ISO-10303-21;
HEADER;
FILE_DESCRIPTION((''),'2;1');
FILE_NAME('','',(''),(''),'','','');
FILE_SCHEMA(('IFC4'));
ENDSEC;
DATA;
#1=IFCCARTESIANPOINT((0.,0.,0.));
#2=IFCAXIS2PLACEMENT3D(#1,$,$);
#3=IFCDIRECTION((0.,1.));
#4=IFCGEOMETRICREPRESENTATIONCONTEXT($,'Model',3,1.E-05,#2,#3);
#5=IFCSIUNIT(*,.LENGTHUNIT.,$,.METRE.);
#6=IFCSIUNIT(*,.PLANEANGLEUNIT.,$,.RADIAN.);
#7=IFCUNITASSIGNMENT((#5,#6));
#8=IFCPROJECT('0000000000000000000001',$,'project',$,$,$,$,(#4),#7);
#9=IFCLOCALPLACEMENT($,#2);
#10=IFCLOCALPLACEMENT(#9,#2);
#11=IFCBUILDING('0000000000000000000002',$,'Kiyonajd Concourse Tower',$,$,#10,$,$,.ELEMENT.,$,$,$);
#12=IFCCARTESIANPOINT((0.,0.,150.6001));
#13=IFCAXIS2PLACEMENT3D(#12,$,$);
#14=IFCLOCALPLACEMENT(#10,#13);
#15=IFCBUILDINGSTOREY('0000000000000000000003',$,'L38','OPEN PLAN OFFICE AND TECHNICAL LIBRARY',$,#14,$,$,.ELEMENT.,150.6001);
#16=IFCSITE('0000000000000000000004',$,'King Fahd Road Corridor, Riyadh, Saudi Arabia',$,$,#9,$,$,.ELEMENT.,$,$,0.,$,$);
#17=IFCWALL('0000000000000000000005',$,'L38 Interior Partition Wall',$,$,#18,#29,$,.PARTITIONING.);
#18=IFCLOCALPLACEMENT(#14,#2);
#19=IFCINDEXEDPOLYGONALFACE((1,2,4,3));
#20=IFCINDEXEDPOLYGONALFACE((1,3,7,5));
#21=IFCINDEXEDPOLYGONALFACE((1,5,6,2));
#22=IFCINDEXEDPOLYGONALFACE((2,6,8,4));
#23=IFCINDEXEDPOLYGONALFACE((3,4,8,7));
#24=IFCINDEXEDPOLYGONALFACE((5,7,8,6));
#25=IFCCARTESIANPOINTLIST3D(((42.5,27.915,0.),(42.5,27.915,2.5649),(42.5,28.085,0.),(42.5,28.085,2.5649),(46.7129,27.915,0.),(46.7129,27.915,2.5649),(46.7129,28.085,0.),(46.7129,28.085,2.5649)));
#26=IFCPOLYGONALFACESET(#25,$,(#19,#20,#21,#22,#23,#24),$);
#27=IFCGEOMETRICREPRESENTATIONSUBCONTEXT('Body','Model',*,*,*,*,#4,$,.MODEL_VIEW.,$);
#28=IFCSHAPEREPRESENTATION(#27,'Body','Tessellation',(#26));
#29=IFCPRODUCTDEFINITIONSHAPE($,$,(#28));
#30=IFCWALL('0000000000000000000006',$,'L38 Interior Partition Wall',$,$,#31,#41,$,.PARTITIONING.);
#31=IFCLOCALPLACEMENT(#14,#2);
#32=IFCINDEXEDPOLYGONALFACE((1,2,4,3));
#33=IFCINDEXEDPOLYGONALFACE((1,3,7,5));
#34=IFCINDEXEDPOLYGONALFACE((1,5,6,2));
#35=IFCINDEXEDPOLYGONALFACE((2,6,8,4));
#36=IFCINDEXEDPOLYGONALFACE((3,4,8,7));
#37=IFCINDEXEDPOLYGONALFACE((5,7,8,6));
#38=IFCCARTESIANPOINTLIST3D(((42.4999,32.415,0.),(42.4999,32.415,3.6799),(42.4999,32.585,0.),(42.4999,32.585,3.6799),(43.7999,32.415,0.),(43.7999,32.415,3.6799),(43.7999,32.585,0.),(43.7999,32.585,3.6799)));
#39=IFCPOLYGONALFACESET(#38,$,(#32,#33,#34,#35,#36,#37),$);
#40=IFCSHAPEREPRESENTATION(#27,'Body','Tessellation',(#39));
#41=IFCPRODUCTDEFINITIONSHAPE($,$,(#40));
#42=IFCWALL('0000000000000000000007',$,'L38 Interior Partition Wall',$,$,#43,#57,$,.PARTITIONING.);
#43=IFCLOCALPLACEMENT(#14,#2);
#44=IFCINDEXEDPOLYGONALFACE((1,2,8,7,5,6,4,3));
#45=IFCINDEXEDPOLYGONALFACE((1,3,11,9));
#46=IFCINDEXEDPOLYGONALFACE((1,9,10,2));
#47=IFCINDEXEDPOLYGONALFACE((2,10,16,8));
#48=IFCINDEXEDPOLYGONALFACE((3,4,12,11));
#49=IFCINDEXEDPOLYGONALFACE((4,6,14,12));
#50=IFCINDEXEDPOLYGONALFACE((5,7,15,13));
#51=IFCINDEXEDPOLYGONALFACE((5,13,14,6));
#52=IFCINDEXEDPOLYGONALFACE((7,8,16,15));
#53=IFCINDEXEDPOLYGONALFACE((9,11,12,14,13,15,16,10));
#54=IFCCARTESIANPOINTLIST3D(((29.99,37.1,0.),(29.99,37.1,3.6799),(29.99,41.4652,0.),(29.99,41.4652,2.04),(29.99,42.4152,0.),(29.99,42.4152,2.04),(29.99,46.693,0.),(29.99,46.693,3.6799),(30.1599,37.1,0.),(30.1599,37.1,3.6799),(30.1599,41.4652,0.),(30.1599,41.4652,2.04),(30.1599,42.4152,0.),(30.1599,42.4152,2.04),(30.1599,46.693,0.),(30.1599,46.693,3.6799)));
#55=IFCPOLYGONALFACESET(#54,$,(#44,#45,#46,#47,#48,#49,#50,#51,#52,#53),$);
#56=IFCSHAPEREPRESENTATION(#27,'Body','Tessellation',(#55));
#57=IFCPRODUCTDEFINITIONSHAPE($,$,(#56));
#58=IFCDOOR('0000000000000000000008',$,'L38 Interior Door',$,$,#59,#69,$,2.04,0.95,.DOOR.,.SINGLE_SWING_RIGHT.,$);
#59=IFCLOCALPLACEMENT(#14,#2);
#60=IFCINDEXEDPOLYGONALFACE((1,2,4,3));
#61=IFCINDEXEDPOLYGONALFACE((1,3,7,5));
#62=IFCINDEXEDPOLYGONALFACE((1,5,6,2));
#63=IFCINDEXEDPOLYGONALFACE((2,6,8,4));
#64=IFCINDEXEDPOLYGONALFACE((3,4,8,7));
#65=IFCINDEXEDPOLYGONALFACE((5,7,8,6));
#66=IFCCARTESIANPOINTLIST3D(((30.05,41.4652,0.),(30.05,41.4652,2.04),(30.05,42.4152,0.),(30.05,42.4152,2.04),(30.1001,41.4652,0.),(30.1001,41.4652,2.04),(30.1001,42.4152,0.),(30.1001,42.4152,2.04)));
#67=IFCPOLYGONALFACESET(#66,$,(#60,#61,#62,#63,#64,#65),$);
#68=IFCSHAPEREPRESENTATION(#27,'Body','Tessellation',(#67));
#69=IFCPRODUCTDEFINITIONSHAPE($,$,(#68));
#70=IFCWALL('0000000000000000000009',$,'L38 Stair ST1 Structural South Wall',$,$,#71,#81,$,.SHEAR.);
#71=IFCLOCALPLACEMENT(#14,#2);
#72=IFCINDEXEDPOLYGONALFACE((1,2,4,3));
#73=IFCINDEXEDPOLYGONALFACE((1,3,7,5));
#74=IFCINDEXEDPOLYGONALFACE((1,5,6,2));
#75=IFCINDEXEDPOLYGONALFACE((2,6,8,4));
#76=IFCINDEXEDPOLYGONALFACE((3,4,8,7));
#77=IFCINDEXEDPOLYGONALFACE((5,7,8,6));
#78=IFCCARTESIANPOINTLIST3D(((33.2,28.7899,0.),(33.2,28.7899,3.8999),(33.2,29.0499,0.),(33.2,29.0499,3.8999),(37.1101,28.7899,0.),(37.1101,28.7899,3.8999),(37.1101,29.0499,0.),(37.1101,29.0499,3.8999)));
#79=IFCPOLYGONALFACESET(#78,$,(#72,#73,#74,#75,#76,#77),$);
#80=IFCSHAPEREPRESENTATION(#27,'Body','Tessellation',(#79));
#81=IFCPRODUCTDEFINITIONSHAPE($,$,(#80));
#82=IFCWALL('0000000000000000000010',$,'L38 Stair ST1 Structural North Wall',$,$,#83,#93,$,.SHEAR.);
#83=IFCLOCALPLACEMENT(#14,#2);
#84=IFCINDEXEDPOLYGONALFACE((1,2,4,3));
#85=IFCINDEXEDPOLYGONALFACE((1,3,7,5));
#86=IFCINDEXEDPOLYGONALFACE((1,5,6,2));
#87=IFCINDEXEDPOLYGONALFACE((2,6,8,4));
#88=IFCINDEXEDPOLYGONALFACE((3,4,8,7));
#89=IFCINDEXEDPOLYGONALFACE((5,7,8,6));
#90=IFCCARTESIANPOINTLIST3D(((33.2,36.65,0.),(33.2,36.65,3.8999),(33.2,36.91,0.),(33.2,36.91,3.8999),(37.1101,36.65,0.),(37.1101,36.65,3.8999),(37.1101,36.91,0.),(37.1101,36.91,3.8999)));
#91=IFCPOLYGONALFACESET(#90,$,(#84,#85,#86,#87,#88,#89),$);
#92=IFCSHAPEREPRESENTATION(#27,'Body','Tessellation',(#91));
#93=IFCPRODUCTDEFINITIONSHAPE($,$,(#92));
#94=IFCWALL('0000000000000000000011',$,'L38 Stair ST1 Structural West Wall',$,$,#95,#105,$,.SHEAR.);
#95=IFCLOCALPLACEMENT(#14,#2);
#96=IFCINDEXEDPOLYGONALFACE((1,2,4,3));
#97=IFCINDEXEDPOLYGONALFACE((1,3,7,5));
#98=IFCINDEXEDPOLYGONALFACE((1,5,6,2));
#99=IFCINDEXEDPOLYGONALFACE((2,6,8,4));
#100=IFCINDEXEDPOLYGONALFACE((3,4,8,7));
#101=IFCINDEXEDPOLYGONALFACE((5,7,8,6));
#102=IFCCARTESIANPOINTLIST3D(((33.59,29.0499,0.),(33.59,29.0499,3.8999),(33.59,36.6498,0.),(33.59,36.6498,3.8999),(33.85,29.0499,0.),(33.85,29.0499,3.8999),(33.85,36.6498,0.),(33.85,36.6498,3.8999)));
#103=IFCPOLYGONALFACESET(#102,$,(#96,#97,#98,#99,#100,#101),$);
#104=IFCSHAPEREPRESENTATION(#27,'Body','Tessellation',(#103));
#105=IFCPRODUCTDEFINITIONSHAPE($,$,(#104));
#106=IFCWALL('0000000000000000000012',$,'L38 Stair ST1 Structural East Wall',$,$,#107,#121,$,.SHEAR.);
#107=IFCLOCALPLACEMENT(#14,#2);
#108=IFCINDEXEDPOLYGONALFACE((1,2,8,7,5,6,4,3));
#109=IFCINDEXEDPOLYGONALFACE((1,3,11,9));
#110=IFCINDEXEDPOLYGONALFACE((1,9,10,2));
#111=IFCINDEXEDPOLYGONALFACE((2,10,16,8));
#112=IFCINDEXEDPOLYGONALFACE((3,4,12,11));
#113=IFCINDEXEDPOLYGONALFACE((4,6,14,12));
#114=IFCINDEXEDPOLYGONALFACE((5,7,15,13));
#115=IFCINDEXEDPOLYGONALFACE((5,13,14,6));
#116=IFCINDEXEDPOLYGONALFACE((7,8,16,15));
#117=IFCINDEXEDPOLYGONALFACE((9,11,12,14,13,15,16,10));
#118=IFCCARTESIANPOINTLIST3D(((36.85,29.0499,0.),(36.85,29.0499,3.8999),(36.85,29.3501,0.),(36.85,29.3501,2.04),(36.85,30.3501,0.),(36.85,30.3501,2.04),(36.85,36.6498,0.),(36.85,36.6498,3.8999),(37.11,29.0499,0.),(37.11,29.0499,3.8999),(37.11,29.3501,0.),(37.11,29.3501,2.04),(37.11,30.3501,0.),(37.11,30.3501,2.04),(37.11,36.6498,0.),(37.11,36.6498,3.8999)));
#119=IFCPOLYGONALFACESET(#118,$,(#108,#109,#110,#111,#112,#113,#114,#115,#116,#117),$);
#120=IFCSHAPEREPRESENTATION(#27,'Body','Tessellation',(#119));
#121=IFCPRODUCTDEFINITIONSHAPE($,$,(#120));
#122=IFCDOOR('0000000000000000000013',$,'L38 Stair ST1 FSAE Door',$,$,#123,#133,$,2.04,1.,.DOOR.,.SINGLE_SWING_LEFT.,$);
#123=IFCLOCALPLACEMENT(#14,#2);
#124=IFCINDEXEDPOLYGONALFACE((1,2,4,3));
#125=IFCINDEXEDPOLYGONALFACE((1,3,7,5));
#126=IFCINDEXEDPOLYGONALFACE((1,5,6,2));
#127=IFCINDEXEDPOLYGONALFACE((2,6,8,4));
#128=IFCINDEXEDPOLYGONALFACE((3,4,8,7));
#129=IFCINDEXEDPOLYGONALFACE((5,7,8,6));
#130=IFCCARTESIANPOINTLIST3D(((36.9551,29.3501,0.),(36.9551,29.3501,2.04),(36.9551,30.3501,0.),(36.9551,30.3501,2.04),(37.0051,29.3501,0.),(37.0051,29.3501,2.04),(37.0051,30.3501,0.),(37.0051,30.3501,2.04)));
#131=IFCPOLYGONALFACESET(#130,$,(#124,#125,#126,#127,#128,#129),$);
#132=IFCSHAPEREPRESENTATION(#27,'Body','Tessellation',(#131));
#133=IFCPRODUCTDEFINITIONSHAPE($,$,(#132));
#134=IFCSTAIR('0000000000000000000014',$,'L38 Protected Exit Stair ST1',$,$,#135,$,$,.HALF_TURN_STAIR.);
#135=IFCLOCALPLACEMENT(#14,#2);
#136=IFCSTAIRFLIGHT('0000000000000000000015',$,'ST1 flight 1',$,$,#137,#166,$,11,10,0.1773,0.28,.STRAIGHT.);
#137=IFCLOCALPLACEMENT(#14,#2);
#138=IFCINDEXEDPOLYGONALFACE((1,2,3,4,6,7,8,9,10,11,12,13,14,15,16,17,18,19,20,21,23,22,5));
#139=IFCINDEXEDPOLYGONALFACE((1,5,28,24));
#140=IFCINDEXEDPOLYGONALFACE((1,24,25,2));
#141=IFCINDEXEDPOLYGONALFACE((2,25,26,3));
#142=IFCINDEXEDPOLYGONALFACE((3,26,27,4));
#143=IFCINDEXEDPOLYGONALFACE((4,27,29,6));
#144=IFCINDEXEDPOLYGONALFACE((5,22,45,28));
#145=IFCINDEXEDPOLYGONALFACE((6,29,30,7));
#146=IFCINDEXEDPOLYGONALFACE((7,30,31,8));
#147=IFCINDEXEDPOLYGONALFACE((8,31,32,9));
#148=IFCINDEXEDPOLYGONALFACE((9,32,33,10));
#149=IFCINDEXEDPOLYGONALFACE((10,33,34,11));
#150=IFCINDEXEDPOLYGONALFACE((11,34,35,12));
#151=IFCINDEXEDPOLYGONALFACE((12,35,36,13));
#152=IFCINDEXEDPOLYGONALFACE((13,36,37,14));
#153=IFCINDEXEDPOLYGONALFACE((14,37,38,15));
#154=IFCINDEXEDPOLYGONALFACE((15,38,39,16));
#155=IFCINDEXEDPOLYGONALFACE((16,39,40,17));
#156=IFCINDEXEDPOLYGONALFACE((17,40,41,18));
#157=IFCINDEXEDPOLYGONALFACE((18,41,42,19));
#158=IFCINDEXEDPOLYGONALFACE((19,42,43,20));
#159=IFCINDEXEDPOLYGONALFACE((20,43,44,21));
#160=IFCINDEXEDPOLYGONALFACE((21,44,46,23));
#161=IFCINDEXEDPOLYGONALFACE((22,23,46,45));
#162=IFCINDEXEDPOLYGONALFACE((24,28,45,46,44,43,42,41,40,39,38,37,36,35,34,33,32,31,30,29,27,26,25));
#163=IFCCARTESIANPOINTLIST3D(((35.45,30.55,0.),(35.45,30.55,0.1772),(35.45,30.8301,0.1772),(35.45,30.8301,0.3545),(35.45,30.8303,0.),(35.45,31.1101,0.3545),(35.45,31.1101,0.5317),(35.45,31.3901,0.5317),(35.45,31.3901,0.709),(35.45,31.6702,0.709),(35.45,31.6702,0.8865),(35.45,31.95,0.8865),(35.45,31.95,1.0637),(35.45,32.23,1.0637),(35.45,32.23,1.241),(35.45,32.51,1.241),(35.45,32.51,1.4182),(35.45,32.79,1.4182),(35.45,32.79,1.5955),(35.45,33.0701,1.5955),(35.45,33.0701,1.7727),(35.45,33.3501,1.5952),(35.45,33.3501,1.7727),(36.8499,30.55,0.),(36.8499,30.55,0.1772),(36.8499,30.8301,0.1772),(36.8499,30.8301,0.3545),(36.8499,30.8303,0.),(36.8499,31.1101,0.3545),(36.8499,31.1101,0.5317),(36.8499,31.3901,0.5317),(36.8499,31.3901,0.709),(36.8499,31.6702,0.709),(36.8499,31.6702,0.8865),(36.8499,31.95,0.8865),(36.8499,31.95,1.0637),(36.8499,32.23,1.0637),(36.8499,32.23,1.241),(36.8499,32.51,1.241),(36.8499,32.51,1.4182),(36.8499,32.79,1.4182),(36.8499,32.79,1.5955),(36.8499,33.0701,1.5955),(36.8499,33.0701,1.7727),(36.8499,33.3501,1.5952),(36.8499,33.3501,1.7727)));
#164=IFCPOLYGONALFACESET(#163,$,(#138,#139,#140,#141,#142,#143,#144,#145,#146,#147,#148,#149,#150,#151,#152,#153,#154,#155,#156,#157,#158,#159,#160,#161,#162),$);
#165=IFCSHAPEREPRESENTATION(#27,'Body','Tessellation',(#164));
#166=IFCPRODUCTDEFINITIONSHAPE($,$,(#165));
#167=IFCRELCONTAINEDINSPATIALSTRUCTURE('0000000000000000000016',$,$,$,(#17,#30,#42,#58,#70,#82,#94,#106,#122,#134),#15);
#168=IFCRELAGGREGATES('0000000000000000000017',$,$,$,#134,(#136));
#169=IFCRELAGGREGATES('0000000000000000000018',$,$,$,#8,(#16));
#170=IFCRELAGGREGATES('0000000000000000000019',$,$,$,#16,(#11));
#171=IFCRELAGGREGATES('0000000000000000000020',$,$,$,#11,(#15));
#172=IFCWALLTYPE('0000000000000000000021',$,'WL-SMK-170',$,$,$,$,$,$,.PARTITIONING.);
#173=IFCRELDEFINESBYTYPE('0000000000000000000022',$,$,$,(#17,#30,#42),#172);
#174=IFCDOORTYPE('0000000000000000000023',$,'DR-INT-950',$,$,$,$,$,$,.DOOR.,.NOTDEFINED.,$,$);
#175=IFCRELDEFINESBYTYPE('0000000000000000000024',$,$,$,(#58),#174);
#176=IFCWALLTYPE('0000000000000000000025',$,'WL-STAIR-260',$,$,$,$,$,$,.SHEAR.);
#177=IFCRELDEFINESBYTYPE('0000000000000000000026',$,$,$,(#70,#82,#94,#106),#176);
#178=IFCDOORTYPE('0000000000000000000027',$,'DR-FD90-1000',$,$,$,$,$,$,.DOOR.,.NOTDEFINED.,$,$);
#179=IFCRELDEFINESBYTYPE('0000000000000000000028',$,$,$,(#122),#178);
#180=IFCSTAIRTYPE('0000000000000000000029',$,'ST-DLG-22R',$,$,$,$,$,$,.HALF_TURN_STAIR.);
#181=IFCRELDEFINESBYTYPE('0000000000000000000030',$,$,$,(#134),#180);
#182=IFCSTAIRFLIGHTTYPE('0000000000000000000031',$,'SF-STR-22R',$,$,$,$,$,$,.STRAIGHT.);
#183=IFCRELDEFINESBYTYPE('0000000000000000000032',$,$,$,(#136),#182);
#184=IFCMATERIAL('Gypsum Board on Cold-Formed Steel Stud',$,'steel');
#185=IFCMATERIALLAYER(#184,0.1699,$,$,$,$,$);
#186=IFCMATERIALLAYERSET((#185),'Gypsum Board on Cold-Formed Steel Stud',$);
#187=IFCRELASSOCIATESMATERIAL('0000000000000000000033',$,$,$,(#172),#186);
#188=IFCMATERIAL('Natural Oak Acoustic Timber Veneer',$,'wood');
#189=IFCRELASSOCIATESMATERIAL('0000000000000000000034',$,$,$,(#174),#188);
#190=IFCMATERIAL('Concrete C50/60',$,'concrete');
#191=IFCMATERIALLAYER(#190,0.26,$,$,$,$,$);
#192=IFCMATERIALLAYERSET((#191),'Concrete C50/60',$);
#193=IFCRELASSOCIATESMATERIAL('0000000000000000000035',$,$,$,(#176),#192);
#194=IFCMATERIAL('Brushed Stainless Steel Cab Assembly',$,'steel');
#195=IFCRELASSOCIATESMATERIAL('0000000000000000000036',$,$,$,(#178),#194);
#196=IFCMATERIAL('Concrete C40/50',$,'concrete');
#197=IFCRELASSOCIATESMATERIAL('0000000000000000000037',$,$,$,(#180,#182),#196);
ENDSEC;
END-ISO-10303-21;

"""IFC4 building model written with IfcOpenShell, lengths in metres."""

from ifc_helpers import new_model, si_unit, direction, frame, frame_2d, origin, place, context, subcontext, project, spatial, polyline, rectangle, outline, extrude, material, layer, layer_set, type_object, element, fill, aggregate, save


model = new_model("IFC4")

# Units and contexts
model_context = context("Model", 3, precision=1e-05, world=origin(), true_north=direction((0.0, 1.0)))
body_context = subcontext(model_context, "Body", "Model", "MODEL_VIEW")
ifc_project = project(units=[si_unit("LENGTHUNIT", "METRE"), si_unit("PLANEANGLEUNIT", "RADIAN")], contexts=[model_context])

# Site, building, storey
site_placement = place(None, origin())
site = spatial("IfcSite", under=ifc_project, at=site_placement, Name="King Fahd Road Corridor, Riyadh, Saudi Arabia", CompositionType="ELEMENT", RefElevation=0.0)
building_placement = place(site_placement, origin())
building = spatial("IfcBuilding", under=site, at=building_placement, Name="Kiyonajd Concourse Tower", CompositionType="ELEMENT")
storey_placement = place(building_placement, frame((0.0, 0.0, 150.6001)))
storey = spatial("IfcBuildingStorey", under=building, at=storey_placement, Name="L38", Description="OPEN PLAN OFFICE AND TECHNICAL LIBRARY", CompositionType="ELEMENT", Elevation=150.6001)

# Shared definitions
ifc_material_1 = material(Name="Concrete C50/60", Category="concrete")

# Shared definitions
ifc_material_2 = material(Name="Gypsum Board on Cold-Formed Steel Stud", Category="steel")
ifc_material_3 = material(Name="Brushed Stainless Steel Cab Assembly", Category="steel")

# Walls
ifc_layer_1 = layer(ifc_material_2, 0.1699)
ifc_layer_set_1 = layer_set([ifc_layer_1], Name="Gypsum Board on Cold-Formed Steel Stud")
wall_type_1 = type_object("IfcWallType", Name="WL-SMK-170", PredefinedType="PARTITIONING", material=ifc_layer_set_1)
wall_1_placement = place(storey_placement, frame((42.5, 28.0, 0.0), z_axis=(0.0, 0.0, 1.0), x_axis=(1.0, 0.0, 0.0)))
element("IfcWall", 1, at=wall_1_placement, inside=storey, type_object=wall_type_1, Name="L38 Interior Partition Wall", PredefinedType="PARTITIONING", context=body_context, shape_type="SweptSolid", body=[
    extrude(rectangle(XDim=4.2129, YDim=0.1699, at=frame_2d((2.1064, 0.0))), origin(), (0.0, 0.0, 1.0), 2.5649),
])
wall_2_placement = place(storey_placement, frame((42.5, 32.5, 0.0), z_axis=(0.0, 0.0, 1.0), x_axis=(1.0, 0.0, 0.0)))
element("IfcWall", 2, at=wall_2_placement, inside=storey, type_object=wall_type_1, Name="L38 Interior Partition Wall", PredefinedType="PARTITIONING", context=body_context, shape_type="SweptSolid", body=[
    extrude(rectangle(XDim=1.3, YDim=0.1699, at=frame_2d((0.6499, 0.0))), origin(), (0.0, 0.0, 1.0), 3.6799),
])

# Wall, opening, door
wall_3_placement = place(storey_placement, frame((30.075, 37.1001, 0.0), z_axis=(0.0, 0.0, 1.0), x_axis=(0.0, 1.0, 0.0)))
wall_3 = element("IfcWall", 3, at=wall_3_placement, inside=storey, type_object=wall_type_1, Name="L38 Interior Partition Wall", PredefinedType="PARTITIONING", context=body_context, shape_type="SweptSolid", body=[
    extrude(rectangle(XDim=9.593, YDim=0.1699, at=frame_2d((4.7964, 0.0))), origin(), (0.0, 0.0, 1.0), 3.6799),
])
opening_1_placement = place(wall_3_placement, frame((4.365, 0.0, 0.0)))
opening_1 = element("IfcOpeningElement", 4, at=opening_1_placement, cuts=wall_3, PredefinedType="OPENING", context=body_context, shape_type="SweptSolid", body=[
    extrude(rectangle(XDim=0.95, YDim=2.04, at=frame_2d((0.4751, 1.02))), frame((0.0, 0.095, 0.0), z_axis=(0.0, -1.0, 0.0), x_axis=(1.0, 0.0, 0.0)), (0.0, 0.0, 1.0), 0.1899),
])
ifc_material_4 = material(Name="Natural Oak Acoustic Timber Veneer", Category="wood")
door_type_1 = type_object("IfcDoorType", Name="DR-INT-950", OperationType="NOTDEFINED", PredefinedType="DOOR", material=ifc_material_4)
door_1_placement = place(opening_1_placement, origin())
door_1 = element("IfcDoor", 5, at=door_1_placement, inside=storey, type_object=door_type_1, Name="L38 Interior Door", OperationType="SINGLE_SWING_RIGHT", OverallHeight=2.04, OverallWidth=0.95, PredefinedType="DOOR", context=body_context, shape_type="SweptSolid", body=[
    extrude(rectangle(XDim=0.95, YDim=2.04, at=frame_2d((0.4751, 1.02))), frame((0.0, 0.0249, 0.0), z_axis=(0.0, -1.0, 0.0), x_axis=(1.0, 0.0, 0.0)), (0.0, 0.0, 1.0), 0.05),
])
fill(opening_1, door_1)

# Walls
ifc_layer_2 = layer(ifc_material_1, 0.26)
ifc_layer_set_2 = layer_set([ifc_layer_2], Name="Concrete C50/60")
wall_type_2 = type_object("IfcWallType", Name="WL-STAIR-260", PredefinedType="SHEAR", material=ifc_layer_set_2)
for number, where, z_axis, x_axis, name in (
    (6, (33.2, 28.9199, 0.0), (0.0, 0.0, 1.0), (1.0, 0.0, 0.0), "L38 Stair ST1 Structural South Wall"),
    (7, (33.2, 36.78, 0.0), (0.0, 0.0, 1.0), (1.0, 0.0, 0.0), "L38 Stair ST1 Structural North Wall"),
):
    element("IfcWall", number, at=place(storey_placement, frame(where, z_axis=z_axis, x_axis=x_axis)), inside=storey, type_object=wall_type_2, Name=name, PredefinedType="SHEAR", context=body_context, shape_type="SweptSolid", body=[
        extrude(rectangle(XDim=3.9102, YDim=0.26, at=frame_2d((1.9551, 0.0))), origin(), (0.0, 0.0, 1.0), 3.8999),
    ])
wall_4_placement = place(storey_placement, frame((33.72, 29.05, 0.0), z_axis=(0.0, 0.0, 1.0), x_axis=(0.0, 1.0, 0.0)))
element("IfcWall", 8, at=wall_4_placement, inside=storey, type_object=wall_type_2, Name="L38 Stair ST1 Structural West Wall", PredefinedType="SHEAR", context=body_context, shape_type="SweptSolid", body=[
    extrude(rectangle(XDim=7.5999, YDim=0.26, at=frame_2d((3.7998, 0.0))), origin(), (0.0, 0.0, 1.0), 3.8999),
])

# Wall, opening, door
wall_5_placement = place(storey_placement, frame((36.98, 29.05, 0.0), z_axis=(0.0, 0.0, 1.0), x_axis=(0.0, 1.0, 0.0)))
wall_5 = element("IfcWall", 9, at=wall_5_placement, inside=storey, type_object=wall_type_2, Name="L38 Stair ST1 Structural East Wall", PredefinedType="SHEAR", context=body_context, shape_type="SweptSolid", body=[
    extrude(rectangle(XDim=7.5999, YDim=0.26, at=frame_2d((3.7998, 0.0))), origin(), (0.0, 0.0, 1.0), 3.8999),
])
opening_2_placement = place(wall_5_placement, frame((0.3, 0.0, 0.0)))
opening_2 = element("IfcOpeningElement", 10, at=opening_2_placement, cuts=wall_5, PredefinedType="OPENING", context=body_context, shape_type="SweptSolid", body=[
    extrude(rectangle(XDim=1.0, YDim=2.04, at=frame_2d((0.5, 1.02))), frame((0.0, 0.1399, 0.0), z_axis=(0.0, -1.0, 0.0), x_axis=(1.0, 0.0, 0.0)), (0.0, 0.0, 1.0), 0.28),
])
door_type_2 = type_object("IfcDoorType", Name="DR-FD90-1000", OperationType="NOTDEFINED", PredefinedType="DOOR", material=ifc_material_3)
door_2_placement = place(opening_2_placement, origin())
door_2 = element("IfcDoor", 11, at=door_2_placement, inside=storey, type_object=door_type_2, Name="L38 Stair ST1 FSAE Door", OperationType="SINGLE_SWING_LEFT", OverallHeight=2.04, OverallWidth=1.0, PredefinedType="DOOR", context=body_context, shape_type="SweptSolid", body=[
    extrude(rectangle(XDim=1.0, YDim=2.04, at=frame_2d((0.5, 1.02))), frame((0.0, 0.0249, 0.0), z_axis=(0.0, -1.0, 0.0), x_axis=(1.0, 0.0, 0.0)), (0.0, 0.0, 1.0), 0.05),
])
fill(opening_2, door_2)

# Stair, stair flight
ifc_material_5 = material(Name="Concrete C40/50", Category="concrete")
stair_type = type_object("IfcStairType", Name="ST-DLG-22R", PredefinedType="HALF_TURN_STAIR", material=ifc_material_5)
stair_placement = place(storey_placement, origin())
stair = element("IfcStair", 12, at=stair_placement, inside=storey, type_object=stair_type, Name="L38 Protected Exit Stair ST1", PredefinedType="HALF_TURN_STAIR")
stair_flight_type = type_object("IfcStairFlightType", Name="SF-STR-22R", PredefinedType="STRAIGHT", material=ifc_material_5)
stair_flight_1_placement = place(storey_placement, frame((36.1499, 30.55, 0.0), z_axis=(0.0, 0.0, 1.0), x_axis=(0.0, 1.0, 0.0)))
stair_flight_1 = element("IfcStairFlight", 13, at=stair_flight_1_placement, type_object=stair_flight_type, Name="ST1 flight 1", NumberOfRisers=11, NumberOfTreads=10, PredefinedType="STRAIGHT", RiserHeight=0.1773, TreadLength=0.28, context=body_context, shape_type="SweptSolid", body=[
    extrude(outline(polyline([(0.0, 0.0), (0.0, 0.1772), (0.28, 0.1772), (0.28, 0.3545), (0.5601, 0.3545), (0.5601, 0.5317), (0.8401, 0.5317), (0.8401, 0.709), (1.1201, 0.709), (1.1201, 0.8865), (1.3999, 0.8865), (1.3999, 1.0637), (1.6799, 1.0637), (1.6799, 1.241), (1.96, 1.241), (1.96, 1.4182), (2.24, 1.4182), (2.24, 1.5955), (2.52, 1.5955), (2.52, 1.7727), (2.8, 1.7727), (2.8, 1.95), (2.8, 1.5952), (0.2803, 0.0), (0.0, 0.0)])), frame((0.0, 0.7, 0.0), z_axis=(0.0, -1.0, 0.0), x_axis=(1.0, 0.0, 0.0)), (0.0, 0.0, 1.0), 1.3999),
])
aggregate(stair, [stair_flight_1])

save(model, "model.ifc")
